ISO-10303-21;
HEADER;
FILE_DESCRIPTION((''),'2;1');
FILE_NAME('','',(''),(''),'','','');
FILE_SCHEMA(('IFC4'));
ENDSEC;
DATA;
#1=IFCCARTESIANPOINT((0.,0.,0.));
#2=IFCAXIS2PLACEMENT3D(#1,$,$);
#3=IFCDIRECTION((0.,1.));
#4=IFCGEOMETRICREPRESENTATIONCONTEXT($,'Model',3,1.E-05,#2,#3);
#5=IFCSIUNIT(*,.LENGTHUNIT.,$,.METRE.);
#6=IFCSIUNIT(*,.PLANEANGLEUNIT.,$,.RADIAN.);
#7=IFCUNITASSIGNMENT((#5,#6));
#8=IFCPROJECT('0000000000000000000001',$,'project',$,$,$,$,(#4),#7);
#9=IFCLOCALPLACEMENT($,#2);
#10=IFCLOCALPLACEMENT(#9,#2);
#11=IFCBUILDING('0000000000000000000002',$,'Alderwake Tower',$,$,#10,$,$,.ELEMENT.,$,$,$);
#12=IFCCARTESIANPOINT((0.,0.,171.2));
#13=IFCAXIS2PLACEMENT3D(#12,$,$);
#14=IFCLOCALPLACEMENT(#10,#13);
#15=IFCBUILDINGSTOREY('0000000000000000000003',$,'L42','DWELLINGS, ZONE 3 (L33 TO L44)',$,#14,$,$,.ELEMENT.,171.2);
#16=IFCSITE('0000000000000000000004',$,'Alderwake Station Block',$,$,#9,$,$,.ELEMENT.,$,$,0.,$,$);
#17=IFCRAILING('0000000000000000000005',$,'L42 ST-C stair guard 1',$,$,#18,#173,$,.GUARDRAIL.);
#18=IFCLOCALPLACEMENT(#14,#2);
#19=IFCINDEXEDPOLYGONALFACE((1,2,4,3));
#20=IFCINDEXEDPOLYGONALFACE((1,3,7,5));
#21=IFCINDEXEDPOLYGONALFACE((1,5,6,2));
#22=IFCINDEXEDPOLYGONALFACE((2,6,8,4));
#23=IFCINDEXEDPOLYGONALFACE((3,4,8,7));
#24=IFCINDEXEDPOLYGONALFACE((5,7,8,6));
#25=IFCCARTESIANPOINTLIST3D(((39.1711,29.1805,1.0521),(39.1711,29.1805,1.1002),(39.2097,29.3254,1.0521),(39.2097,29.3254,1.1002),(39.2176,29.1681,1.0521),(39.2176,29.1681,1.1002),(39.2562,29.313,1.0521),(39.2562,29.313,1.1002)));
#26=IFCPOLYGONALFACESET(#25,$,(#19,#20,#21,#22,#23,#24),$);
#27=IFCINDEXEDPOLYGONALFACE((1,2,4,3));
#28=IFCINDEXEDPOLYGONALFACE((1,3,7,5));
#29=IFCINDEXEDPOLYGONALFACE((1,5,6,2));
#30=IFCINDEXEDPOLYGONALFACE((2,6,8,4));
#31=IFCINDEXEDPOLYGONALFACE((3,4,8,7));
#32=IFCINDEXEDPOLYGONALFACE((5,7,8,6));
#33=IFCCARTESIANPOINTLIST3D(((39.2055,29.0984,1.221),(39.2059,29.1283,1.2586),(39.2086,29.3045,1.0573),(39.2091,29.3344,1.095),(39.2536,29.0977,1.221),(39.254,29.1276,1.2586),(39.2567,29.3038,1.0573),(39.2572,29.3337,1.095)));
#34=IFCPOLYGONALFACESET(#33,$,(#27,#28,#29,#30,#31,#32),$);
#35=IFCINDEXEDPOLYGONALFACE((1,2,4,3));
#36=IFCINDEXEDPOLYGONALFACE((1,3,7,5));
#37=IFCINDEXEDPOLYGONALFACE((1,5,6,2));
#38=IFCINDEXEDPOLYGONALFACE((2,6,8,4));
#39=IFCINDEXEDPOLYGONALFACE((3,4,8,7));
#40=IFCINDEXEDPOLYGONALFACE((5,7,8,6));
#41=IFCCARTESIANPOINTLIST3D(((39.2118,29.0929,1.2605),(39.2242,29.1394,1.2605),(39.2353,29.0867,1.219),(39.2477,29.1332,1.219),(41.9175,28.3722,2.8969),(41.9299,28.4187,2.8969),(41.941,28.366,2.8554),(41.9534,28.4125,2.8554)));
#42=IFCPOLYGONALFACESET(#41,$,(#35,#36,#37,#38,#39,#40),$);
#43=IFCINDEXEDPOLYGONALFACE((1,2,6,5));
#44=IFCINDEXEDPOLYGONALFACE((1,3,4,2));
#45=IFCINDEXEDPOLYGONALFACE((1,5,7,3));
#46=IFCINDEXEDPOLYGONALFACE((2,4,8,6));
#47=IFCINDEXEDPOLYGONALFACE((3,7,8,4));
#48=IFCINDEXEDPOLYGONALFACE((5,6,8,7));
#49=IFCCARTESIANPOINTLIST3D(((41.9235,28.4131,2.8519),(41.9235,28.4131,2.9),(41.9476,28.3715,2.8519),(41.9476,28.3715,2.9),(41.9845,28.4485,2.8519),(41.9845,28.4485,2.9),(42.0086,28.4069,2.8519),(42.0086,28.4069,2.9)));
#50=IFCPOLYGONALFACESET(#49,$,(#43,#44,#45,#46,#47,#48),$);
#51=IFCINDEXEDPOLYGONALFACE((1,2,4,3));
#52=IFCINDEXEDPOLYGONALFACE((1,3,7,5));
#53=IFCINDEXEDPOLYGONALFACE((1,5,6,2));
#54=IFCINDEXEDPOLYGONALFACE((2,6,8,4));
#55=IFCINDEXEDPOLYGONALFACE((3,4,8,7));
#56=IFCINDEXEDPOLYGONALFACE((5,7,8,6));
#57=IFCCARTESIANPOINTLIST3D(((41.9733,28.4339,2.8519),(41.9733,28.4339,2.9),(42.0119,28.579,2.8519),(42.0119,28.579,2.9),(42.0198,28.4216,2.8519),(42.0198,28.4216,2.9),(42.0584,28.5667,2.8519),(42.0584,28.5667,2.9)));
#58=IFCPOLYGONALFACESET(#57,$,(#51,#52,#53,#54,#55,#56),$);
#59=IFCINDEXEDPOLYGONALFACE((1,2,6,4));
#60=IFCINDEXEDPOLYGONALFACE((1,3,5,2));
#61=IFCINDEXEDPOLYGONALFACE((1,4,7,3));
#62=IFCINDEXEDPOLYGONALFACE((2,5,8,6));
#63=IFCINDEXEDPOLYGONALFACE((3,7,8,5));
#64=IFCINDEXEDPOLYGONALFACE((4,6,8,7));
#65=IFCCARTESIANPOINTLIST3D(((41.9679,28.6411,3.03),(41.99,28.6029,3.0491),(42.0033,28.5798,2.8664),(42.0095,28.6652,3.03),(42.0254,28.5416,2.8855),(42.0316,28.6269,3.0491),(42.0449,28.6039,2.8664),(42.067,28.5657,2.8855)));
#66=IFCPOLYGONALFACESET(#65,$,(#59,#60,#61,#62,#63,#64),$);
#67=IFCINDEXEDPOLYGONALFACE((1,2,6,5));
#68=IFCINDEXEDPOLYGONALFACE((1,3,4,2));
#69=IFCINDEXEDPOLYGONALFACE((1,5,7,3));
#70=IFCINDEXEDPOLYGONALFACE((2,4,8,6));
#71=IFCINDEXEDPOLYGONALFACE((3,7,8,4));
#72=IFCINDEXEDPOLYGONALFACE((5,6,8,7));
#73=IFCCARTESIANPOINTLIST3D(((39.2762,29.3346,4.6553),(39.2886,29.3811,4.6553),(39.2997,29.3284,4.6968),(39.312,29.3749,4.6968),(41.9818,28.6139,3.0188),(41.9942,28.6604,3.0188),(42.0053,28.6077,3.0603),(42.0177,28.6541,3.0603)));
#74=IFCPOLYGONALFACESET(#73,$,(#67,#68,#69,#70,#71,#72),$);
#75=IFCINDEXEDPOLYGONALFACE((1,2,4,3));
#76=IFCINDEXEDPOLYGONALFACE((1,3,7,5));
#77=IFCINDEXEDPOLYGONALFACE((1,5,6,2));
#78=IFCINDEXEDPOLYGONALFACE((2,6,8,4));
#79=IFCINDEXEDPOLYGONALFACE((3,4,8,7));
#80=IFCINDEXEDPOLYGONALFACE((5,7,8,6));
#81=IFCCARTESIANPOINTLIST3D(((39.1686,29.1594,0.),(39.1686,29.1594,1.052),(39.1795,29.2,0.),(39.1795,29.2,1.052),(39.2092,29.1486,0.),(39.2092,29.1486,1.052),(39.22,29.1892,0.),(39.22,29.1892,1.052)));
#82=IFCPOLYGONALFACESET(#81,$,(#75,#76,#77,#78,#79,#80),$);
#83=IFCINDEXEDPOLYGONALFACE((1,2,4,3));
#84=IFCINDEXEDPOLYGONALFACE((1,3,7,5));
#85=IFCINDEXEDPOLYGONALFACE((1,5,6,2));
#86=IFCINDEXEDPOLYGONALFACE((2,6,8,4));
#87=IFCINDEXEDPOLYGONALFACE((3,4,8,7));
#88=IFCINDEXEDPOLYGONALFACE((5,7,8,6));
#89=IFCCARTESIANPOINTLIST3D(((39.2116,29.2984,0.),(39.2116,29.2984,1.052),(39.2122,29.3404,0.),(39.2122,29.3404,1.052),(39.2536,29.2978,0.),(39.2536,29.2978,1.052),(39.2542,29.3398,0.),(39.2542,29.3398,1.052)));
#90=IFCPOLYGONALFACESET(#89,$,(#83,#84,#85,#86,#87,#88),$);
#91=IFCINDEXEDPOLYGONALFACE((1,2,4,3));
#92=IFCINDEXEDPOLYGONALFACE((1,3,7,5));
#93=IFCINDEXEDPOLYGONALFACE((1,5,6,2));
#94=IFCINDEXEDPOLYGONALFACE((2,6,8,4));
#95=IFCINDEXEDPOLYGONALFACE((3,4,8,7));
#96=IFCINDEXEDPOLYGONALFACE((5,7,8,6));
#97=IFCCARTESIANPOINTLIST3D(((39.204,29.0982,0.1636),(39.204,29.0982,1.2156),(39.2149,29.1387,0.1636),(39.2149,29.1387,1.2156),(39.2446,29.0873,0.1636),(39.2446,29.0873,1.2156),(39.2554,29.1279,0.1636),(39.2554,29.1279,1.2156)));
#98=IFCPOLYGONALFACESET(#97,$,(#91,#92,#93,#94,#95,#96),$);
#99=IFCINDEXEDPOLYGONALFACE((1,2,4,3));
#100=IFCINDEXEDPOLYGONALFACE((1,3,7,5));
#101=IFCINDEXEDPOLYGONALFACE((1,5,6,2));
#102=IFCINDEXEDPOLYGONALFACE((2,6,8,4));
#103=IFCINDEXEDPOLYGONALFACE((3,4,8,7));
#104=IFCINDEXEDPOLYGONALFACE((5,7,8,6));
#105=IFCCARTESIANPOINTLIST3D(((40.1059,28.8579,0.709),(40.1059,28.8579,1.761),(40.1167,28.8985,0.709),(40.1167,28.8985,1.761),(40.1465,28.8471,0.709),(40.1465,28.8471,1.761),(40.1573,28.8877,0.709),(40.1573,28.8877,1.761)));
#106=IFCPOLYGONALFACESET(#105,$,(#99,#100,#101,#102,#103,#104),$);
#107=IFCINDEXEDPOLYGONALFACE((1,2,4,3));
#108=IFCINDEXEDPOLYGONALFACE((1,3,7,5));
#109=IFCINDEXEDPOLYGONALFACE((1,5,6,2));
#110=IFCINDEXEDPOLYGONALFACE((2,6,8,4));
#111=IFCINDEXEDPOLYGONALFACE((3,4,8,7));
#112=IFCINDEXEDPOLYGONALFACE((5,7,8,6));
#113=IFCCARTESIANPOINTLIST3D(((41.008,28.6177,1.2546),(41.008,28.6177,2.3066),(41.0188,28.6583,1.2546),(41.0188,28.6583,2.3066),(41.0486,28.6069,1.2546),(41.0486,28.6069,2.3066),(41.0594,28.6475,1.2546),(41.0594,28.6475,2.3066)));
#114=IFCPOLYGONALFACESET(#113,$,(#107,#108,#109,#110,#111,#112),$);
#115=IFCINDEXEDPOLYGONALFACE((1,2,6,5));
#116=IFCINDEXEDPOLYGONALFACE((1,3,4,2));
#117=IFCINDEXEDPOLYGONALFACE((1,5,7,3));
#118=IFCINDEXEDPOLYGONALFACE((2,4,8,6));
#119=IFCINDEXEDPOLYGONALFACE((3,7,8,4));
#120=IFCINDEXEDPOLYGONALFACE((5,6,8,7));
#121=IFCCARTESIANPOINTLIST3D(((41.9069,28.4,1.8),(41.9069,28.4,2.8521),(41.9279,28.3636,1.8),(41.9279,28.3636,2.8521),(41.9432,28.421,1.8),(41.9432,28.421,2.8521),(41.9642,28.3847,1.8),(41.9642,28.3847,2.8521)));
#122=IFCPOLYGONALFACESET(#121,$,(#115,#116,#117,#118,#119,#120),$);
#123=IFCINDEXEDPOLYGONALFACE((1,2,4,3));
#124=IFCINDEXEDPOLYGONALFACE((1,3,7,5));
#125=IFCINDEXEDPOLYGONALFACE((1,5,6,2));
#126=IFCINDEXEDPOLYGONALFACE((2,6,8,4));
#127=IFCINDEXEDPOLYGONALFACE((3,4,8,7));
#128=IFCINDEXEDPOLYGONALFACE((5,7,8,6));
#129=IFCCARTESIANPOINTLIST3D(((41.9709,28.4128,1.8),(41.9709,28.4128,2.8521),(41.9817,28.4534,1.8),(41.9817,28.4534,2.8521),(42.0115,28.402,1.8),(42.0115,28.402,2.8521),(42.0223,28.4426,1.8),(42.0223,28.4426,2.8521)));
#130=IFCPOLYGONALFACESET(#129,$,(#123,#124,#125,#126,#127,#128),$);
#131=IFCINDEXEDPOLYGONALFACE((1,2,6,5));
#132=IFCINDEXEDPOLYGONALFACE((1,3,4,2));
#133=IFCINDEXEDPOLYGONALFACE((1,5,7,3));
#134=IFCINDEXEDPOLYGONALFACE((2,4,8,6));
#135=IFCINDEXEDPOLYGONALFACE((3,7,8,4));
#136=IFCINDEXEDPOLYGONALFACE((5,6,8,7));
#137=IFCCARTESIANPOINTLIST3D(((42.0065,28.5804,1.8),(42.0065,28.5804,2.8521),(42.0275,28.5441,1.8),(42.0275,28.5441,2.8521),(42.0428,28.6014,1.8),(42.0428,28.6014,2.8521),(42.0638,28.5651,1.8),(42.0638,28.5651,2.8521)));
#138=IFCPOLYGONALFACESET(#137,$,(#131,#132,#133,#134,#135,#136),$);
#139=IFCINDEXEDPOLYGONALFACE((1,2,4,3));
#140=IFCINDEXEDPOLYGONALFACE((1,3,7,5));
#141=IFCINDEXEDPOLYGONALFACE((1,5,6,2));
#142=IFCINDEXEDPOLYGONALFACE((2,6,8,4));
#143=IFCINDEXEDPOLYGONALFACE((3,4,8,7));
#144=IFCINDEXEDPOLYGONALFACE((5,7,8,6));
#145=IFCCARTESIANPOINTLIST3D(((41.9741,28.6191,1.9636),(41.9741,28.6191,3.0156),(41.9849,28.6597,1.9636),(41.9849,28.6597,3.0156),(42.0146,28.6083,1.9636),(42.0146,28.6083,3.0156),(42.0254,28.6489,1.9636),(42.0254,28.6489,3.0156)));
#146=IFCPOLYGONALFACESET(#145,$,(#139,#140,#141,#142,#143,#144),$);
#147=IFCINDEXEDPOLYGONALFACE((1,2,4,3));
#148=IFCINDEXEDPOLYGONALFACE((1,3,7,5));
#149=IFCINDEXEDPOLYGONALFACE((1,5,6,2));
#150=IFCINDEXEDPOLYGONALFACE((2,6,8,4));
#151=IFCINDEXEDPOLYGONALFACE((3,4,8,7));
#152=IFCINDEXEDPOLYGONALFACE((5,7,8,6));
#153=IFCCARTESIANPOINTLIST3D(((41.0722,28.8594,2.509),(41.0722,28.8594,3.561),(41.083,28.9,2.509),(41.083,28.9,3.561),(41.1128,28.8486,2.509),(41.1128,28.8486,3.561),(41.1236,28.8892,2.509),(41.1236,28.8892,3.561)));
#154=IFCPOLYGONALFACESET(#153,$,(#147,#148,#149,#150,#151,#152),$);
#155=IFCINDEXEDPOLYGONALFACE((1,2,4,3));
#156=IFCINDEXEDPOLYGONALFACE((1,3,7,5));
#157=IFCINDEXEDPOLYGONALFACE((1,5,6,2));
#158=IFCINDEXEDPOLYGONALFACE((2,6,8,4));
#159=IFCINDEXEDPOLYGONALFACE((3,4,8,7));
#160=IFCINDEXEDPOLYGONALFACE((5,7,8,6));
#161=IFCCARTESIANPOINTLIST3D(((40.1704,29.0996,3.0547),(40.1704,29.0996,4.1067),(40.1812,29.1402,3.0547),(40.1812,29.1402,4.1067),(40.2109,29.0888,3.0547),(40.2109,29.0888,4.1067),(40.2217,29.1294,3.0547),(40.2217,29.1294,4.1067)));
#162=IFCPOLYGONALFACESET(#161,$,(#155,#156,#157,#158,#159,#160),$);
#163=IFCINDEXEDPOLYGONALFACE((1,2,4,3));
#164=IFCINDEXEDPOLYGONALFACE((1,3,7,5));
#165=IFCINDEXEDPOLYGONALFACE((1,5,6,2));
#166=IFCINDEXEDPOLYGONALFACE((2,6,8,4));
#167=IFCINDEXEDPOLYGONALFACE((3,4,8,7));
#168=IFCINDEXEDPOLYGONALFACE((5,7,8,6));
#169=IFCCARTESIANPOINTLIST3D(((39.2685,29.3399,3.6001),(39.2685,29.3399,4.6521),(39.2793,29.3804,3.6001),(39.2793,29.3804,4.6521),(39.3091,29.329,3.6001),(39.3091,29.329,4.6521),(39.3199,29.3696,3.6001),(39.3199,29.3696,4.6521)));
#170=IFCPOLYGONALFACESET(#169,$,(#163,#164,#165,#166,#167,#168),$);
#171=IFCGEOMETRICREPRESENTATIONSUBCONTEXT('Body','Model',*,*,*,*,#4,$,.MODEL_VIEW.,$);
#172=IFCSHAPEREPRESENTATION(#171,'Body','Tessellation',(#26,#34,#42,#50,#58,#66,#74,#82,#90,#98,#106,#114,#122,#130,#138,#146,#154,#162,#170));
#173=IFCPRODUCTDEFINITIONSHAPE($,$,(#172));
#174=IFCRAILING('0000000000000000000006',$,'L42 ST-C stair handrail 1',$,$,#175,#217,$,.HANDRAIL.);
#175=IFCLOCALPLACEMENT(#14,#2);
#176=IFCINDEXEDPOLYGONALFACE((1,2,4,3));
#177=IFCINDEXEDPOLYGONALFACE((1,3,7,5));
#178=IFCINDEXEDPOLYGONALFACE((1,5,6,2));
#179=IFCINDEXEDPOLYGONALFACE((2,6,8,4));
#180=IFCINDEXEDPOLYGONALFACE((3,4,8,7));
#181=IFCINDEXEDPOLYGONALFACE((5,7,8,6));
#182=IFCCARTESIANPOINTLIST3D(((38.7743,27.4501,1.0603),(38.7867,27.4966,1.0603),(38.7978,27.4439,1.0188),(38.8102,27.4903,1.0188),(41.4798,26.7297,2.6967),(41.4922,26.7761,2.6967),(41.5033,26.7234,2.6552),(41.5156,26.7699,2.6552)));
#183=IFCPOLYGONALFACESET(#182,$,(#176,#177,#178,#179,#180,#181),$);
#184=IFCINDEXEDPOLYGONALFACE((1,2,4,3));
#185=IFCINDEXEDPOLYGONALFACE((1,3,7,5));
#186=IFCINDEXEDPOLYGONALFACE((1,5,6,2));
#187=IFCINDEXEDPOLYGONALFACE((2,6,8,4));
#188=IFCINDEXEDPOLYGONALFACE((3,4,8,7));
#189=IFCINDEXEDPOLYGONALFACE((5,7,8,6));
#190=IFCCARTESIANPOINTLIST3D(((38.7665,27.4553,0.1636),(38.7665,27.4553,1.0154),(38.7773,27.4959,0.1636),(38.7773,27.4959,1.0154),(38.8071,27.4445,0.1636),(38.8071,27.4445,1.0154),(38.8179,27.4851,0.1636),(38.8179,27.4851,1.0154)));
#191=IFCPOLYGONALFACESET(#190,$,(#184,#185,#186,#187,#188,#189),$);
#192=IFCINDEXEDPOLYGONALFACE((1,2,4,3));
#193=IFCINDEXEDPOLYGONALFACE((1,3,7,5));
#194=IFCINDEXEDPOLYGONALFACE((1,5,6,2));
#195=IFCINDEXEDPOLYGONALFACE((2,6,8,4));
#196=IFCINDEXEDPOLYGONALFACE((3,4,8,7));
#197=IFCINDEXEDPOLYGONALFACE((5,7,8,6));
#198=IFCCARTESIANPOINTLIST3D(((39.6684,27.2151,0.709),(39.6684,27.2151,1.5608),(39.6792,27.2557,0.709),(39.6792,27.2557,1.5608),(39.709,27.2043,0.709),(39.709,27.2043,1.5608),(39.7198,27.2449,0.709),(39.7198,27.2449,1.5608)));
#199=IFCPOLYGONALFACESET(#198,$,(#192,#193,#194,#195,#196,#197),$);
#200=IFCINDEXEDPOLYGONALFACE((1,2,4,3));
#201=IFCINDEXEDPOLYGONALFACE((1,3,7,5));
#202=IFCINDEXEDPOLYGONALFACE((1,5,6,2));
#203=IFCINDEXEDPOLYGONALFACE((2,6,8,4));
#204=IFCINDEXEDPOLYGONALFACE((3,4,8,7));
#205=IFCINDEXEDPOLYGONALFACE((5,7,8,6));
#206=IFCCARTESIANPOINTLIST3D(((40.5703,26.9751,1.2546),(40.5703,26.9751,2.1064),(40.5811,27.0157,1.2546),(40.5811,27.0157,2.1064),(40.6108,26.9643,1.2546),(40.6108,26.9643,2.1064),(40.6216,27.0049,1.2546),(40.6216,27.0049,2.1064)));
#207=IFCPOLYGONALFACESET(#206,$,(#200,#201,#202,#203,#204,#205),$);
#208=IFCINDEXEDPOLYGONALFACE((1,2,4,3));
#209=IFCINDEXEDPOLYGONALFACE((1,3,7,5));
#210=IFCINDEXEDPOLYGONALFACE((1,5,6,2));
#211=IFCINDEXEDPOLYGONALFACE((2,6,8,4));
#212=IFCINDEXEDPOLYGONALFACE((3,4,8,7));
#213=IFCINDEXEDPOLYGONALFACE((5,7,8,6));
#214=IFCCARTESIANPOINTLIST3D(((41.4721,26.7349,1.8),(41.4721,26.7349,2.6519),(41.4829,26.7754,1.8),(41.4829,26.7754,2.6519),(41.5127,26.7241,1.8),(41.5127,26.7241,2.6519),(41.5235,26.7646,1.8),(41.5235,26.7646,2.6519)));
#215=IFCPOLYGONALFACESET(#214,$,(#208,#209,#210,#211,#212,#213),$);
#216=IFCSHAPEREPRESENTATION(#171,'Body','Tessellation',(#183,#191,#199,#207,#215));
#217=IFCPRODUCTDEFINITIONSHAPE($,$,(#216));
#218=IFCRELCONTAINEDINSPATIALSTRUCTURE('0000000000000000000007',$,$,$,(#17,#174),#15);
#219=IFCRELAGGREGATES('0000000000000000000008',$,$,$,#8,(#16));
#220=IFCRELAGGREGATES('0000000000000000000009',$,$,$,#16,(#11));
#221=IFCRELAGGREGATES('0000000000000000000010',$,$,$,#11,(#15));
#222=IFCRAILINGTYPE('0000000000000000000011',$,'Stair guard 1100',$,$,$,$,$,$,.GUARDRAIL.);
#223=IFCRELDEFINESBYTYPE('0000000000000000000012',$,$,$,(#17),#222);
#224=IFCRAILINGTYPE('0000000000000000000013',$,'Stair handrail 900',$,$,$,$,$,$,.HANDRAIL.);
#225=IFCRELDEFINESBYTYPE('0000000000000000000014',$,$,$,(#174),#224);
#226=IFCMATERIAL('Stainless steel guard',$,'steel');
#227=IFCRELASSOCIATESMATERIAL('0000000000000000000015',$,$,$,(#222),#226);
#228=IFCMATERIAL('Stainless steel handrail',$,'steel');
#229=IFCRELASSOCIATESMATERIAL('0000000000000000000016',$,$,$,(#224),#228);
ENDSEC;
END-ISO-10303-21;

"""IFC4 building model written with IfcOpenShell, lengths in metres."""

from ifc_helpers import new_model, si_unit, direction, frame, origin, origin_2d, place, context, subcontext, project, spatial, rectangle, extrude, material, type_object, element, save


model = new_model("IFC4")

# Units and contexts
model_context = context("Model", 3, precision=1e-05, world=origin(), true_north=direction((0.0, 1.0)))
body_context = subcontext(model_context, "Body", "Model", "MODEL_VIEW")
ifc_project = project(units=[si_unit("LENGTHUNIT", "METRE"), si_unit("PLANEANGLEUNIT", "RADIAN")], contexts=[model_context])

# Site, building, storey
site_placement = place(None, origin())
site = spatial("IfcSite", under=ifc_project, at=site_placement, Name="Alderwake Station Block", CompositionType="ELEMENT", RefElevation=0.0)
building_placement = place(site_placement, origin())
building = spatial("IfcBuilding", under=site, at=building_placement, Name="Alderwake Tower", CompositionType="ELEMENT")
storey_placement = place(building_placement, frame((0.0, 0.0, 171.2)))
storey = spatial("IfcBuildingStorey", under=building, at=storey_placement, Name="L42", Description="DWELLINGS, ZONE 3 (L33 TO L44)", CompositionType="ELEMENT", Elevation=171.2)

# Railings
ifc_material_1 = material(Name="Stainless steel guard", Category="steel")
railing_type_1 = type_object("IfcRailingType", Name="Stair guard 1100", PredefinedType="GUARDRAIL", material=ifc_material_1)
railing_1_placement = place(storey_placement, frame((39.1943, 29.1743, 0.0)))
element("IfcRailing", 1, at=railing_1_placement, inside=storey, type_object=railing_type_1, Name="L42 ST-C stair guard 1", PredefinedType="GUARDRAIL", context=body_context, shape_type="SweptSolid", body=[
    extrude(rectangle(XDim=0.0481, YDim=0.0481, at=origin_2d()), frame((0.0, 0.0, 1.0762), z_axis=(0.25746, 0.966289, 0.0), x_axis=(-0.966289, 0.25746, 0.0)), (0.0, 0.0, 1.0), 0.1499),
    extrude(rectangle(XDim=0.0481, YDim=0.0481, at=origin_2d()), frame((0.0386, 0.1448, 1.0762), z_axis=(-0.012063, -0.78316, 0.621703), x_axis=(0.999881, -0.015401, 0.0)), (0.0, 0.0, 1.0), 0.2632),
    extrude(rectangle(XDim=0.0481, YDim=0.0481, at=origin_2d()), frame((0.0354, -0.0613, 1.2397), z_axis=(0.834282, -0.222214, 0.504574), x_axis=(0.25738, 0.96631, 0.0)), (0.0, 0.0, 1.0), 3.2432),
    extrude(rectangle(XDim=0.0481, YDim=0.0481, at=origin_2d()), frame((2.7412, -0.782, 2.876), z_axis=(0.865031, 0.501718, 0.0), x_axis=(-0.501718, 0.865031, 0.0)), (0.0, 0.0, 1.0), 0.0706),
    extrude(rectangle(XDim=0.0481, YDim=0.0481, at=origin_2d()), frame((2.8022, -0.7466, 2.876), z_axis=(0.257055, 0.966397, 0.0), x_axis=(-0.966397, 0.257055, 0.0)), (0.0, 0.0, 1.0), 0.1501),
    extrude(rectangle(XDim=0.0481, YDim=0.0481, at=origin_2d()), frame((2.8408, -0.6016, 2.876), z_axis=(-0.198625, 0.343827, 0.917786), x_axis=(-0.865898, -0.50022, 0.0)), (0.0, 0.0, 1.0), 0.1782),
    extrude(rectangle(XDim=0.0481, YDim=0.0481, at=origin_2d()), frame((2.8054, -0.5403, 3.0396), z_axis=(-0.834259, 0.222228, 0.504605), x_axis=(-0.257402, -0.966304, 0.0)), (0.0, 0.0, 1.0), 3.2432),
    extrude(rectangle(XDim=0.042, YDim=0.042, at=origin_2d()), frame((0.0, 0.0, 0.0), z_axis=(0.0, 0.0, 1.0), x_axis=(0.25746, 0.966289, 0.0)), (0.0, 0.0, 1.0), 1.052),
    extrude(rectangle(XDim=0.042, YDim=0.042, at=origin_2d()), frame((0.0386, 0.1448, 0.0), z_axis=(0.0, 0.0, 1.0), x_axis=(-0.015401, -0.999881, 0.0)), (0.0, 0.0, 1.0), 1.052),
    extrude(rectangle(XDim=0.042, YDim=0.042, at=origin_2d()), frame((0.0354, -0.0613, 0.1636), z_axis=(0.0, 0.0, 1.0), x_axis=(0.96631, -0.25738, 0.0)), (0.0, 0.0, 1.0), 1.052),
    extrude(rectangle(XDim=0.042, YDim=0.042, at=origin_2d()), frame((0.9373, -0.3015, 0.709), z_axis=(0.0, 0.0, 1.0), x_axis=(0.96631, -0.25738, 0.0)), (0.0, 0.0, 1.0), 1.052),
    extrude(rectangle(XDim=0.042, YDim=0.042, at=origin_2d()), frame((1.8394, -0.5417, 1.2546), z_axis=(0.0, 0.0, 1.0), x_axis=(0.96631, -0.25738, 0.0)), (0.0, 0.0, 1.0), 1.052),
    extrude(rectangle(XDim=0.042, YDim=0.042, at=origin_2d()), frame((2.7412, -0.782, 1.8), z_axis=(0.0, 0.0, 1.0), x_axis=(0.865031, 0.501718, 0.0)), (0.0, 0.0, 1.0), 1.052),
    extrude(rectangle(XDim=0.042, YDim=0.042, at=origin_2d()), frame((2.8022, -0.7466, 1.8), z_axis=(0.0, 0.0, 1.0), x_axis=(0.257055, 0.966397, 0.0)), (0.0, 0.0, 1.0), 1.052),
    extrude(rectangle(XDim=0.042, YDim=0.042, at=origin_2d()), frame((2.8408, -0.6016, 1.8), z_axis=(0.0, 0.0, 1.0), x_axis=(-0.50022, 0.865898, 0.0)), (0.0, 0.0, 1.0), 1.052),
    extrude(rectangle(XDim=0.042, YDim=0.042, at=origin_2d()), frame((2.8054, -0.5403, 1.9636), z_axis=(0.0, 0.0, 1.0), x_axis=(-0.966304, 0.257402, 0.0)), (0.0, 0.0, 1.0), 1.052),
    extrude(rectangle(XDim=0.042, YDim=0.042, at=origin_2d()), frame((1.9036, -0.3, 2.509), z_axis=(0.0, 0.0, 1.0), x_axis=(-0.966304, 0.257402, 0.0)), (0.0, 0.0, 1.0), 1.052),
    extrude(rectangle(XDim=0.042, YDim=0.042, at=origin_2d()), frame((1.0017, -0.0598, 3.0547), z_axis=(0.0, 0.0, 1.0), x_axis=(-0.966304, 0.257402, 0.0)), (0.0, 0.0, 1.0), 1.052),
    extrude(rectangle(XDim=0.042, YDim=0.042, at=origin_2d()), frame((0.0999, 0.1804, 3.6001), z_axis=(0.0, 0.0, 1.0), x_axis=(-0.966304, 0.257402, 0.0)), (0.0, 0.0, 1.0), 1.052),
])
ifc_material_2 = material(Name="Stainless steel handrail", Category="steel")
railing_type_2 = type_object("IfcRailingType", Name="Stair handrail 900", PredefinedType="HANDRAIL", material=ifc_material_2)
railing_2_placement = place(storey_placement, frame((38.7922, 27.4702, 0.1636)))
element("IfcRailing", 2, at=railing_2_placement, inside=storey, type_object=railing_type_2, Name="L42 ST-C stair handrail 1", PredefinedType="HANDRAIL", context=body_context, shape_type="SweptSolid", body=[
    extrude(rectangle(XDim=0.0481, YDim=0.0481, at=origin_2d()), frame((0.0, 0.0, 0.876), z_axis=(0.834273, -0.222157, 0.504614), x_axis=(0.257321, 0.966326, 0.0)), (0.0, 0.0, 1.0), 3.2429),
    extrude(rectangle(XDim=0.042, YDim=0.042, at=origin_2d()), frame((0.0, 0.0, 0.0), z_axis=(0.0, 0.0, 1.0), x_axis=(0.966326, -0.257321, 0.0)), (0.0, 0.0, 1.0), 0.8518),
    extrude(rectangle(XDim=0.042, YDim=0.042, at=origin_2d()), frame((0.9019, -0.2402, 0.5454), z_axis=(0.0, 0.0, 1.0), x_axis=(0.966326, -0.257321, 0.0)), (0.0, 0.0, 1.0), 0.8518),
    extrude(rectangle(XDim=0.042, YDim=0.042, at=origin_2d()), frame((1.8037, -0.4802, 1.0911), z_axis=(0.0, 0.0, 1.0), x_axis=(0.966326, -0.257321, 0.0)), (0.0, 0.0, 1.0), 0.8518),
    extrude(rectangle(XDim=0.042, YDim=0.042, at=origin_2d()), frame((2.7056, -0.7205, 1.6365), z_axis=(0.0, 0.0, 1.0), x_axis=(0.966326, -0.257321, 0.0)), (0.0, 0.0, 1.0), 0.8518),
])

save(model, "model.ifc")
